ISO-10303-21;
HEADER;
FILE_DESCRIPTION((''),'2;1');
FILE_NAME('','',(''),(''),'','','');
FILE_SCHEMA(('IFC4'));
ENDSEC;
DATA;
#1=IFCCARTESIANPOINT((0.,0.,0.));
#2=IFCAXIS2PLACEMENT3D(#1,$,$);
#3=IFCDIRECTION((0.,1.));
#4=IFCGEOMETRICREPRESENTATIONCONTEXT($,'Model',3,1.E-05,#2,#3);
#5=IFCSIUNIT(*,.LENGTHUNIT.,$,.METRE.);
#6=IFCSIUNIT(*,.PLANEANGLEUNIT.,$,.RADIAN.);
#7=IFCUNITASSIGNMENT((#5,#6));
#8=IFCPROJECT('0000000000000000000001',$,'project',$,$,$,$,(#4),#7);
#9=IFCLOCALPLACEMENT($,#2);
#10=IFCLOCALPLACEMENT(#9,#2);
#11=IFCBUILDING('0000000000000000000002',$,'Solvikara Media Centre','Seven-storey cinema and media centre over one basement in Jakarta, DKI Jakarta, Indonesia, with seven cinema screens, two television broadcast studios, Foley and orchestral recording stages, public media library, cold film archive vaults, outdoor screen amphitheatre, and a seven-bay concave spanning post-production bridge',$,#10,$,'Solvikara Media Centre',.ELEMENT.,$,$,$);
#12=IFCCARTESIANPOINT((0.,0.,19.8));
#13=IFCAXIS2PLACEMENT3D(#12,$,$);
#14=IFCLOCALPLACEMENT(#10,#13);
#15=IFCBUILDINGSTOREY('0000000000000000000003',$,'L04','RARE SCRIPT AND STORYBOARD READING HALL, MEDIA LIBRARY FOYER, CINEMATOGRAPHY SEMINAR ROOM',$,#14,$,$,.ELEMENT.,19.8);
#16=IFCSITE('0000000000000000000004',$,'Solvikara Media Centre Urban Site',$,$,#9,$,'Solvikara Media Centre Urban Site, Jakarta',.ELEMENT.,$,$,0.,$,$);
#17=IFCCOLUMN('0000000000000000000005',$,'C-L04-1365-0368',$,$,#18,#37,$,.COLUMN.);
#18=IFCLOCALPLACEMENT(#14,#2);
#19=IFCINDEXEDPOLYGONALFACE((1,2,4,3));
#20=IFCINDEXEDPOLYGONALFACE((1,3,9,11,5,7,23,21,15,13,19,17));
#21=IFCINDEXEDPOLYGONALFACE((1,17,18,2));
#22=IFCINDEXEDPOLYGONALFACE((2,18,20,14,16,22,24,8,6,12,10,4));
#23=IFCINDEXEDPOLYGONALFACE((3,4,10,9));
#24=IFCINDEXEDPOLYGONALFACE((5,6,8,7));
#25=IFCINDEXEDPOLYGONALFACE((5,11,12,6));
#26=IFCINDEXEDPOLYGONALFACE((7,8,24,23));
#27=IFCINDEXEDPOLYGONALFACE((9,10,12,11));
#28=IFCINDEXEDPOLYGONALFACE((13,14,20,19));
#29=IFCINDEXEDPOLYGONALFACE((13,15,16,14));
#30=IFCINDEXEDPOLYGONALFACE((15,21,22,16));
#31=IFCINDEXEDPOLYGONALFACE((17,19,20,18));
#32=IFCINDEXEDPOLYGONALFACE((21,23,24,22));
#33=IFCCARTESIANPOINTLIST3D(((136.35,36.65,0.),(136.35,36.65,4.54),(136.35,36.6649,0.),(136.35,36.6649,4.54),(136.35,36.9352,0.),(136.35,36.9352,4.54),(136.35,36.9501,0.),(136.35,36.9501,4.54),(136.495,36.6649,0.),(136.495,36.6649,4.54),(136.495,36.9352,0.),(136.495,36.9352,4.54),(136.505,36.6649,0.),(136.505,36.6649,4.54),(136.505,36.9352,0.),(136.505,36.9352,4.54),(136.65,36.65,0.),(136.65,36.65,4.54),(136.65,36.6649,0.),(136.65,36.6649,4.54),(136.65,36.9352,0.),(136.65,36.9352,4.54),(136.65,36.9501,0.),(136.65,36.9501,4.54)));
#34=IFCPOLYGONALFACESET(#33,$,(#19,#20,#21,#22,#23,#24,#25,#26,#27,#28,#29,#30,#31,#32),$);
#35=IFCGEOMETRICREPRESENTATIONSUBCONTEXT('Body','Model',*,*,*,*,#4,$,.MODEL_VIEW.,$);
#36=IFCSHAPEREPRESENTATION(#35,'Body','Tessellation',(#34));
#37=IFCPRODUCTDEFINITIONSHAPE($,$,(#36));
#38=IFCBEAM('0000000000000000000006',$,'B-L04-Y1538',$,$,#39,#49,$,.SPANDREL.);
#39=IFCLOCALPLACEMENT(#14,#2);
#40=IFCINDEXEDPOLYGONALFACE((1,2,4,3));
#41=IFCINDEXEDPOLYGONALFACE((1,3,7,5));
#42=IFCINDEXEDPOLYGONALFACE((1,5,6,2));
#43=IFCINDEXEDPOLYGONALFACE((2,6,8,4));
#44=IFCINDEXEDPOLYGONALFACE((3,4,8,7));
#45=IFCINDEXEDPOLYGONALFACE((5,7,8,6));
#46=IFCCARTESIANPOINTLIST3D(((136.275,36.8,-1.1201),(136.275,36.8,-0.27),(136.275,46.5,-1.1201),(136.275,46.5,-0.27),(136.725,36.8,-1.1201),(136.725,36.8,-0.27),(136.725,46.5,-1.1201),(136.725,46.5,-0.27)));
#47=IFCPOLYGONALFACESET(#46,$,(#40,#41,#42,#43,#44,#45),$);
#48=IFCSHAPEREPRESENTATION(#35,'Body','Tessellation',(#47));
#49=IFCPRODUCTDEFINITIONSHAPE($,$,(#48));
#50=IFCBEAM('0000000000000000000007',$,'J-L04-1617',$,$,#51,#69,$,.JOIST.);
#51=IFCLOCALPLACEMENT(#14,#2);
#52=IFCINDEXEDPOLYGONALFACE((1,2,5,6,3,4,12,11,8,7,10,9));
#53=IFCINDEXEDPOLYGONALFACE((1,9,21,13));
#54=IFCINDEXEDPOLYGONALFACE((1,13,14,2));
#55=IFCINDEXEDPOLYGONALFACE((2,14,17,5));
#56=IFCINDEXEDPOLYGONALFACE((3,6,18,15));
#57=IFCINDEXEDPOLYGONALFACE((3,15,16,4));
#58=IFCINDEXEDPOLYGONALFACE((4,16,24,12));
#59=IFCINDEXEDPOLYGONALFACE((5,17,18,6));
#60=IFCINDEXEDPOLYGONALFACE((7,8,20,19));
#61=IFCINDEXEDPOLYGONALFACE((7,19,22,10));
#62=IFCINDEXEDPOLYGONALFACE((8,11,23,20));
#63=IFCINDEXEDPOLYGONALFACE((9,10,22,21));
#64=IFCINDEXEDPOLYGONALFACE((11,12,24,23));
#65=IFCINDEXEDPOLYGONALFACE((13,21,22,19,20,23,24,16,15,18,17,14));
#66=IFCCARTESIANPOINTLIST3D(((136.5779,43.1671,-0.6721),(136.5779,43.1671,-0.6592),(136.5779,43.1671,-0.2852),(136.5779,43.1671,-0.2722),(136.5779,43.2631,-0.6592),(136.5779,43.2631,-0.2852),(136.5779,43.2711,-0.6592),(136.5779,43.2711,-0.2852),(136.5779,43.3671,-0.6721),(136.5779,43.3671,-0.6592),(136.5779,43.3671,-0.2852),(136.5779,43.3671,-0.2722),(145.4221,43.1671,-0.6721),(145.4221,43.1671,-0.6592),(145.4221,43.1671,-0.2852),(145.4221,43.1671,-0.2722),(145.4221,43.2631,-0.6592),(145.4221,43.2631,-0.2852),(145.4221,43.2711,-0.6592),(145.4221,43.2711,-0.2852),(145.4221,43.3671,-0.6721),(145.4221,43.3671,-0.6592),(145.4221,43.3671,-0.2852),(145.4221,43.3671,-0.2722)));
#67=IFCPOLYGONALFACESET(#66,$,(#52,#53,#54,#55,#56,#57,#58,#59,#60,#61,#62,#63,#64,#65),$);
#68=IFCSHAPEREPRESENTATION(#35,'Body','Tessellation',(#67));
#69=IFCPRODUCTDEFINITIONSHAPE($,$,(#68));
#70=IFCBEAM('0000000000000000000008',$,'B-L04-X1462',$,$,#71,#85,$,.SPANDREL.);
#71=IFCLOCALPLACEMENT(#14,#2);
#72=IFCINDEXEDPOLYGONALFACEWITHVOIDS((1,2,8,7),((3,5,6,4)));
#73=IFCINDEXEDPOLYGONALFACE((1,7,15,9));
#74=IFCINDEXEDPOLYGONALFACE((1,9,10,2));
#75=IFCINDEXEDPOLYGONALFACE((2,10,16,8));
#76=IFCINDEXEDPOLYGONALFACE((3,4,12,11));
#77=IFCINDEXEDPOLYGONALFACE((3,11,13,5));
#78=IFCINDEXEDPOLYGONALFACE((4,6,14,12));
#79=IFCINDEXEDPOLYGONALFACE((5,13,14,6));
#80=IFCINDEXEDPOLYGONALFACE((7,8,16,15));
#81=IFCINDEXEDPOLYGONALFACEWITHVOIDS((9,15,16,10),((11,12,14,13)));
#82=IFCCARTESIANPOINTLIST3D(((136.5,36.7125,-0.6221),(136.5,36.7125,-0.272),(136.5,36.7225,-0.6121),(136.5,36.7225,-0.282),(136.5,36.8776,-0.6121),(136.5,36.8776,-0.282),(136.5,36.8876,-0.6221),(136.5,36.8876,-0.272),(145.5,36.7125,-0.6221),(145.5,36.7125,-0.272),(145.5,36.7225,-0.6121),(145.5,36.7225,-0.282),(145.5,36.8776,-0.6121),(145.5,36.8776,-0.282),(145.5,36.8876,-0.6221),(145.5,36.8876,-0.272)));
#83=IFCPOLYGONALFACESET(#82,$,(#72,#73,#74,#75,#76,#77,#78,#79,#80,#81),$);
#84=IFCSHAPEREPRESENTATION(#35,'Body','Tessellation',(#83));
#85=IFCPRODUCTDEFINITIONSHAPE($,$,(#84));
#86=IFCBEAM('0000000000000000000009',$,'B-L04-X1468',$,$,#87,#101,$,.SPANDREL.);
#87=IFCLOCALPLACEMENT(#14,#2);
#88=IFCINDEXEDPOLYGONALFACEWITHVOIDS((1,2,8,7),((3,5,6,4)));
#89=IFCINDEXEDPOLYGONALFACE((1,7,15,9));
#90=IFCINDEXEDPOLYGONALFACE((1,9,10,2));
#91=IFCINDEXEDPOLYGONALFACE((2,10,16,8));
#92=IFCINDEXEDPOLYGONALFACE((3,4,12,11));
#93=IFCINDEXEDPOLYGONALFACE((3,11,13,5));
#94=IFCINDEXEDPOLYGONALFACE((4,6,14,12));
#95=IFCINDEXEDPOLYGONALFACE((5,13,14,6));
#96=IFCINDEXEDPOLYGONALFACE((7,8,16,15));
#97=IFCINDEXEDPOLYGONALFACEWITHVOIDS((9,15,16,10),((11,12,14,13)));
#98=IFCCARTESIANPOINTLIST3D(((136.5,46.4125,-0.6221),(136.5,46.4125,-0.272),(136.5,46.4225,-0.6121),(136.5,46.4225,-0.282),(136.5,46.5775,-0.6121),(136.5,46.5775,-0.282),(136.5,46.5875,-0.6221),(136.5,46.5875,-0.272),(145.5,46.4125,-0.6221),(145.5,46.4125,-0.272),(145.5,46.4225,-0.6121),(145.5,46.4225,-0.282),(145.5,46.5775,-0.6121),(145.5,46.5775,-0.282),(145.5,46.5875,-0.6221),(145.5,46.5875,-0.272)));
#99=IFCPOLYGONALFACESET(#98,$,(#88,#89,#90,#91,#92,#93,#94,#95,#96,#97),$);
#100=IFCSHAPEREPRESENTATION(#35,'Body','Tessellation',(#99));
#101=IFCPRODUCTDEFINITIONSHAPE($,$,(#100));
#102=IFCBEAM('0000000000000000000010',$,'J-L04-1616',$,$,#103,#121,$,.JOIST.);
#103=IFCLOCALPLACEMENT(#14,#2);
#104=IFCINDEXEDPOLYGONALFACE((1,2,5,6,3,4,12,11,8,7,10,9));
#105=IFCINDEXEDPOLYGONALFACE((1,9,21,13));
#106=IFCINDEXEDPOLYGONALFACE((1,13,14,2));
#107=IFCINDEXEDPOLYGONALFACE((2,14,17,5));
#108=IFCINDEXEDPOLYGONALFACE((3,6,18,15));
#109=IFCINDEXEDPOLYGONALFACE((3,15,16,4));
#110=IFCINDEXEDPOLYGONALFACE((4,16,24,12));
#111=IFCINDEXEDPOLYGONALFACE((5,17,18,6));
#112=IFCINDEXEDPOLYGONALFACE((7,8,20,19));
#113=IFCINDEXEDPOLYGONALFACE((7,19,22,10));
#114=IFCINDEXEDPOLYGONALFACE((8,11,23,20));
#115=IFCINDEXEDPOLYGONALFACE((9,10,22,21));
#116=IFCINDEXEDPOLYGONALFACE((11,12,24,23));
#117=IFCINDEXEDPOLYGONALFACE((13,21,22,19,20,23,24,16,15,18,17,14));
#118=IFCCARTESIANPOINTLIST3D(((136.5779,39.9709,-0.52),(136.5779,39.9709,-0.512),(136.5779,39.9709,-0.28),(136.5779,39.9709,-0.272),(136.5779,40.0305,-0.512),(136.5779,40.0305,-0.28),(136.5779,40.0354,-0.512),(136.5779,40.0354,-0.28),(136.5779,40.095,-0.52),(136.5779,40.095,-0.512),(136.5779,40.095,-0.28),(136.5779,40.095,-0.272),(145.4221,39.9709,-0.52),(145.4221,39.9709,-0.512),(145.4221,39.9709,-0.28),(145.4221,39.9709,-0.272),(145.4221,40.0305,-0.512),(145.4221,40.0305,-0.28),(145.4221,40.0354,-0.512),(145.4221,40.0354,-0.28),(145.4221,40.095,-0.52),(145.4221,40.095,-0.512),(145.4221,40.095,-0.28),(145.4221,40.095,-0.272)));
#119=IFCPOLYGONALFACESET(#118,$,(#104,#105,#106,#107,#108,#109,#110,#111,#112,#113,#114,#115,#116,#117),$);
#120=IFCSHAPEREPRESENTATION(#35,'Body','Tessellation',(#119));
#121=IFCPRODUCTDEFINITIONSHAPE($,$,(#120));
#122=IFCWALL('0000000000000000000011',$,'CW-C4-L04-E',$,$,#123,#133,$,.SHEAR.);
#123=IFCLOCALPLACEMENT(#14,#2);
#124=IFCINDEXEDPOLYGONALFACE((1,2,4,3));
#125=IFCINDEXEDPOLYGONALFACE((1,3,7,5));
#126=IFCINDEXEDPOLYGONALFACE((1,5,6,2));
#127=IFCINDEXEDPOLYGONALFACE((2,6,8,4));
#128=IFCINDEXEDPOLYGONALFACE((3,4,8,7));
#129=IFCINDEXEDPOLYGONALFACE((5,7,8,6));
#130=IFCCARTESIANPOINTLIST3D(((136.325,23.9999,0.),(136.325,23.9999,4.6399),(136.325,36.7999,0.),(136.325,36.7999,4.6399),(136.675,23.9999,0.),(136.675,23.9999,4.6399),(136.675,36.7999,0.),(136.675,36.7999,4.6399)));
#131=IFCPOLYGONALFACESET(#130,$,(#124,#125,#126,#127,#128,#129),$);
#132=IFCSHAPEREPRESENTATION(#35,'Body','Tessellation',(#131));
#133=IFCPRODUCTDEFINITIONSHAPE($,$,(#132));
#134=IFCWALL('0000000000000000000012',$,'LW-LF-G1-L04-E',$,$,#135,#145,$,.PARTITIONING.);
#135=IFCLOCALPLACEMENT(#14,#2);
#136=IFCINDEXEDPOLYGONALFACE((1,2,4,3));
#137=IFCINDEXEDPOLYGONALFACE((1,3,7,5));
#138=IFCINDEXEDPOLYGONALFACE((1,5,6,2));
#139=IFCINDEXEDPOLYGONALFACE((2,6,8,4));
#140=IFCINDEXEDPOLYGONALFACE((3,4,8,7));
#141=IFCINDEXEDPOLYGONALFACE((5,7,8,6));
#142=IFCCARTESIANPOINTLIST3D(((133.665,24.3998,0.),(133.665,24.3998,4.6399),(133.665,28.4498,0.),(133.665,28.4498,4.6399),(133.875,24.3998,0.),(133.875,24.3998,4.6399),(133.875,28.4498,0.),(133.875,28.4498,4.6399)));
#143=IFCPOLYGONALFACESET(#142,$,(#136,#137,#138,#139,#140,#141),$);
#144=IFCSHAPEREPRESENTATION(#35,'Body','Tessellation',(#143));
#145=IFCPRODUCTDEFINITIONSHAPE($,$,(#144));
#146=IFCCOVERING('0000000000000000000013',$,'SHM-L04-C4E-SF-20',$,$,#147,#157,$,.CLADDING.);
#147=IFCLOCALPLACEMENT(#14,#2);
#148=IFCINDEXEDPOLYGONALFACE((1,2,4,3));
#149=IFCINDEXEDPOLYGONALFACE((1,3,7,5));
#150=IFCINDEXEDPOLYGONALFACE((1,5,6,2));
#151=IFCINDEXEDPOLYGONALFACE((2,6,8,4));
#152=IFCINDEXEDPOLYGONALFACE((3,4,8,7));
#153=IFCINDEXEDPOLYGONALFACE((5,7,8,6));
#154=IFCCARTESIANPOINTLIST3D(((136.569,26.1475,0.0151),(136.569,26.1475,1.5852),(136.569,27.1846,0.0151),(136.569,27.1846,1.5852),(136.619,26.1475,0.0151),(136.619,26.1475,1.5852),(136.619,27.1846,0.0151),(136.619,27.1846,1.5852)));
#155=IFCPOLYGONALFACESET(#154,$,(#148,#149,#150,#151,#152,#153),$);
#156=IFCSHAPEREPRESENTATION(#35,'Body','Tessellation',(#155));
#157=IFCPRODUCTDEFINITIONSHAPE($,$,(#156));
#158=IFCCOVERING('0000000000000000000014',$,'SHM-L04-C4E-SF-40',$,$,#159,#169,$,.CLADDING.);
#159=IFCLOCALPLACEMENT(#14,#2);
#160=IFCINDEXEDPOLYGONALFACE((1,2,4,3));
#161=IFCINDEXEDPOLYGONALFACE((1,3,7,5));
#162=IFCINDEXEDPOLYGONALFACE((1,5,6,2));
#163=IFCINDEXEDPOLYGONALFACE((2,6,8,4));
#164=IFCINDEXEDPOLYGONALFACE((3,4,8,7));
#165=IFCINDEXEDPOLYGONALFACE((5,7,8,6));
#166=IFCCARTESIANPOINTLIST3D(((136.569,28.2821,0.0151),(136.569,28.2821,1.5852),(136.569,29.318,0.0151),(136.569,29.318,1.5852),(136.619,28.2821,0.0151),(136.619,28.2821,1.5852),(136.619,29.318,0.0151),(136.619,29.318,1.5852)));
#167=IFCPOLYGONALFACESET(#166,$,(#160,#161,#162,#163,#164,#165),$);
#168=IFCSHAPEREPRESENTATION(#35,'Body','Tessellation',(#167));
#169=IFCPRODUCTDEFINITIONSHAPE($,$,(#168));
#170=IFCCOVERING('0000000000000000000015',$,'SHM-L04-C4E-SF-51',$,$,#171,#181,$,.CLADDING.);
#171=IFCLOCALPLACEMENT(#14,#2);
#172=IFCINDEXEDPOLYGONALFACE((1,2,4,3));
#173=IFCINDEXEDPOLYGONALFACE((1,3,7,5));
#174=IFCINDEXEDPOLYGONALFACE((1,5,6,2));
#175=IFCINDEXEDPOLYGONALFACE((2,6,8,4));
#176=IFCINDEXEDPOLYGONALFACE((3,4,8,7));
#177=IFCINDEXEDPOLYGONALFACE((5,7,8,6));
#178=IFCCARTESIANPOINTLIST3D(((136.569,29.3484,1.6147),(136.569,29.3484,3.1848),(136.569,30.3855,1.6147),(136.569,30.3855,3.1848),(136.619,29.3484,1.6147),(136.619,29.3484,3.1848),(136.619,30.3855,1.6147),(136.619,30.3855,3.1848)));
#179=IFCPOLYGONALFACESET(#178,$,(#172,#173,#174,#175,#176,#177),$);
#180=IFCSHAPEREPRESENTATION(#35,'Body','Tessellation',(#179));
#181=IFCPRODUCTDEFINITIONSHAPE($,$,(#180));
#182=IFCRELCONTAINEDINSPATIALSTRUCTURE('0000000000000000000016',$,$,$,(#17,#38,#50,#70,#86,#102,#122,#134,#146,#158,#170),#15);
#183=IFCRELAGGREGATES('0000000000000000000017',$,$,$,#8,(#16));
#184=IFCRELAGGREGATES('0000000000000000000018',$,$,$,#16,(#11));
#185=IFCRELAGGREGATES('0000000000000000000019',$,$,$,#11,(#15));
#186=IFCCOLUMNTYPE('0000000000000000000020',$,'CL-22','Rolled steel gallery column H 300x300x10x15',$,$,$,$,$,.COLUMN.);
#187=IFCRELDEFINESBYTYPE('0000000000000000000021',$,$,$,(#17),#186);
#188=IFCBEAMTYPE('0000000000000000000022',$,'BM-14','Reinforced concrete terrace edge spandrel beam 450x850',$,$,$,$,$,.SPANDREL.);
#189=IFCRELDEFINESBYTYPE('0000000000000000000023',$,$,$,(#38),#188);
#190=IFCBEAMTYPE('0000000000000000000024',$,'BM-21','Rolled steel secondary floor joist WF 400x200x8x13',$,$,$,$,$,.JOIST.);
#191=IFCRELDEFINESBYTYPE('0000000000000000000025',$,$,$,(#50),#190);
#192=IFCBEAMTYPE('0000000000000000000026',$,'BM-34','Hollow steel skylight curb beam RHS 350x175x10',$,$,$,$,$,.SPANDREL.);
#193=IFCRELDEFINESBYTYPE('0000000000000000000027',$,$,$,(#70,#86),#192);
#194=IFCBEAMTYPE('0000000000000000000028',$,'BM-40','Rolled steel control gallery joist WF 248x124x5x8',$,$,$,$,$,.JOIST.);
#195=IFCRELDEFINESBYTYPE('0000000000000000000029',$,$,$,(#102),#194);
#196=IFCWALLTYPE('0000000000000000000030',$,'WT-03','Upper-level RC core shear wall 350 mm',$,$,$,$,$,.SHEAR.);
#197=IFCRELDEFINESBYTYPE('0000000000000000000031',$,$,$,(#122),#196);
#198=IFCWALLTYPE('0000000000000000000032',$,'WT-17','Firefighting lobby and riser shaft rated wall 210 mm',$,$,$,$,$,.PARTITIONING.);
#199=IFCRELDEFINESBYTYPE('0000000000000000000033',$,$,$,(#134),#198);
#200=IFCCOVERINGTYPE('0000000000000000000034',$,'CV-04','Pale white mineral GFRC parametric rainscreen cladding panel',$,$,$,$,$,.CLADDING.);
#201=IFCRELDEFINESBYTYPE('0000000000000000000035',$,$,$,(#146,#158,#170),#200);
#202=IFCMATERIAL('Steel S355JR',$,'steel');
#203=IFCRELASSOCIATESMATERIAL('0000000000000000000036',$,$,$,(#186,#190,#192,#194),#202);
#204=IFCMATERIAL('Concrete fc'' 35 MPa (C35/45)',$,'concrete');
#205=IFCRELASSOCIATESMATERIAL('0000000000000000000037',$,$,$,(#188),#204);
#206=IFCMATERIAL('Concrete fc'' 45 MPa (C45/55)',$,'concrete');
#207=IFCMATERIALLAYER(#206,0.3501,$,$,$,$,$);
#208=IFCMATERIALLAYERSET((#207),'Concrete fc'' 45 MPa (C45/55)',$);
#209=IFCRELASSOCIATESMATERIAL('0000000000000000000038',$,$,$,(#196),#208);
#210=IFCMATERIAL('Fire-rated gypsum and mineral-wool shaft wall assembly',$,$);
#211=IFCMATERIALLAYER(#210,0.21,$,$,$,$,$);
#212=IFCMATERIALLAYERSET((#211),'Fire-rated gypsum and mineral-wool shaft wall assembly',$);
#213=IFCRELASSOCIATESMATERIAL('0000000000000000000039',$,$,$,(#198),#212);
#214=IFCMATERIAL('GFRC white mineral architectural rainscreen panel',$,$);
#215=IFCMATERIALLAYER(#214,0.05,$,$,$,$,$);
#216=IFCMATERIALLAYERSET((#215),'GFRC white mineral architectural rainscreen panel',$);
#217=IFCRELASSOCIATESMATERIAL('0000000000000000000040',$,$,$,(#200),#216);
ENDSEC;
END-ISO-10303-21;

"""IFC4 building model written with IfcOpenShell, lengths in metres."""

from ifc_helpers import new_model, si_unit, direction, frame, frame_2d, origin, origin_2d, place, context, subcontext, project, spatial, rectangle, hollow_rectangle, i_section, extrude, material, layer, layer_set, material_profile, profile_set, type_object, element, save


model = new_model("IFC4")

# Units and contexts
model_context = context("Model", 3, precision=1e-05, world=origin(), true_north=direction((0.0, 1.0)))
body_context = subcontext(model_context, "Body", "Model", "MODEL_VIEW")
ifc_project = project(units=[si_unit("LENGTHUNIT", "METRE"), si_unit("PLANEANGLEUNIT", "RADIAN")], contexts=[model_context])

# Site, building, storey
site_placement = place(None, origin())
site = spatial("IfcSite", under=ifc_project, at=site_placement, Name="Solvikara Media Centre Urban Site", LongName="Solvikara Media Centre Urban Site, Jakarta", CompositionType="ELEMENT", RefElevation=0.0)
building_placement = place(site_placement, origin())
building = spatial("IfcBuilding", under=site, at=building_placement, Name="Solvikara Media Centre", Description="Seven-storey cinema and media centre over one basement in Jakarta, DKI Jakarta, Indonesia, with seven cinema screens, two television broadcast studios, Foley and orchestral recording stages, public media library, cold film archive vaults, outdoor screen amphitheatre, and a seven-bay concave spanning post-production bridge", LongName="Solvikara Media Centre", CompositionType="ELEMENT")
storey_placement = place(building_placement, frame((0.0, 0.0, 19.8)))
storey = spatial("IfcBuildingStorey", under=building, at=storey_placement, Name="L04", Description="RARE SCRIPT AND STORYBOARD READING HALL, MEDIA LIBRARY FOYER, CINEMATOGRAPHY SEMINAR ROOM", CompositionType="ELEMENT", Elevation=19.8)

# Column
ifc_material_1 = material(Name="Steel S355JR", Category="steel")
ifc_material_profile_1 = material_profile(ifc_material_1, i_section(OverallWidth=0.3, OverallDepth=0.3, WebThickness=0.01, FlangeThickness=0.0149, at=origin_2d()), Name="H 300x300x10x15")
ifc_profile_set_1 = profile_set([ifc_material_profile_1], Name="Steel S355JR")
column_type = type_object("IfcColumnType", Name="CL-22", Description="Rolled steel gallery column H 300x300x10x15", PredefinedType="COLUMN", material=ifc_profile_set_1)
column_placement = place(storey_placement, frame((136.5, 36.8, 0.0), z_axis=(0.0, 0.0, 1.0), x_axis=(1.0, 0.0, 0.0)))
element("IfcColumn", 1, at=column_placement, inside=storey, type_object=column_type, Name="C-L04-1365-0368", PredefinedType="COLUMN", context=body_context, shape_type="SweptSolid", body=[
    extrude(i_section(OverallWidth=0.3, OverallDepth=0.3, WebThickness=0.01, FlangeThickness=0.0149, at=origin_2d()), origin(), (0.0, 0.0, 1.0), 4.54),
])

# Beams
ifc_material_2 = material(Name="Concrete fc' 35 MPa (C35/45)", Category="concrete")
ifc_material_profile_2 = material_profile(ifc_material_2, rectangle(XDim=0.45, YDim=0.8501, at=origin_2d()), Name="RC 450x850")
ifc_profile_set_2 = profile_set([ifc_material_profile_2], Name="Concrete fc' 35 MPa (C35/45)")
beam_type_1 = type_object("IfcBeamType", Name="BM-14", Description="Reinforced concrete terrace edge spandrel beam 450x850", PredefinedType="SPANDREL", material=ifc_profile_set_2)
beam_1_placement = place(storey_placement, frame((136.5, 36.8, -0.6951), z_axis=(0.0, 1.0, 0.0), x_axis=(-1.0, 0.0, 0.0)))
element("IfcBeam", 2, at=beam_1_placement, inside=storey, type_object=beam_type_1, Name="B-L04-Y1538", PredefinedType="SPANDREL", context=body_context, shape_type="SweptSolid", body=[
    extrude(rectangle(XDim=0.45, YDim=0.8501, at=origin_2d()), origin(), (0.0, 0.0, 1.0), 9.7),
])
ifc_material_profile_3 = material_profile(ifc_material_1, i_section(OverallWidth=0.2, OverallDepth=0.3999, WebThickness=0.0081, FlangeThickness=0.0129, at=origin_2d()), Name="WF 400x200x8x13")
ifc_profile_set_3 = profile_set([ifc_material_profile_3], Name="Steel S355JR")
beam_type_2 = type_object("IfcBeamType", Name="BM-21", Description="Rolled steel secondary floor joist WF 400x200x8x13", PredefinedType="JOIST", material=ifc_profile_set_3)
beam_2_placement = place(storey_placement, frame((136.5779, 43.2671, -0.4722), z_axis=(1.0, 0.0, 0.0), x_axis=(0.0, 1.0, 0.0)))
element("IfcBeam", 3, at=beam_2_placement, inside=storey, type_object=beam_type_2, Name="J-L04-1617", PredefinedType="JOIST", context=body_context, shape_type="SweptSolid", body=[
    extrude(i_section(OverallWidth=0.2, OverallDepth=0.3999, WebThickness=0.0081, FlangeThickness=0.0129, at=origin_2d()), origin(), (0.0, 0.0, 1.0), 8.8442),
])
ifc_material_profile_4 = material_profile(ifc_material_1, hollow_rectangle(XDim=0.175, YDim=0.3501, WallThickness=0.01, at=origin_2d()), Name="RHS 350x175x10")
ifc_profile_set_4 = profile_set([ifc_material_profile_4], Name="Steel S355JR")
beam_type_3 = type_object("IfcBeamType", Name="BM-34", Description="Hollow steel skylight curb beam RHS 350x175x10", PredefinedType="SPANDREL", material=ifc_profile_set_4)
for number, where, z_axis, x_axis, name in (
    (4, (136.5, 36.8, -0.447), (1.0, 0.0, 0.0), (0.0, 1.0, 0.0), "B-L04-X1462"),
    (5, (136.5, 46.5, -0.447), (1.0, 0.0, 0.0), (0.0, 1.0, 0.0), "B-L04-X1468"),
):
    element("IfcBeam", number, at=place(storey_placement, frame(where, z_axis=z_axis, x_axis=x_axis)), inside=storey, type_object=beam_type_3, Name=name, PredefinedType="SPANDREL", context=body_context, shape_type="SweptSolid", body=[
        extrude(hollow_rectangle(XDim=0.175, YDim=0.3501, WallThickness=0.01, at=origin_2d()), origin(), (0.0, 0.0, 1.0), 9.0),
    ])
ifc_material_profile_5 = material_profile(ifc_material_1, i_section(OverallWidth=0.124, OverallDepth=0.248, WebThickness=0.0049, FlangeThickness=0.0081, at=origin_2d()), Name="WF 248x124x5x8")
ifc_profile_set_5 = profile_set([ifc_material_profile_5], Name="Steel S355JR")
beam_type_4 = type_object("IfcBeamType", Name="BM-40", Description="Rolled steel control gallery joist WF 248x124x5x8", PredefinedType="JOIST", material=ifc_profile_set_5)
beam_3_placement = place(storey_placement, frame((136.5779, 40.033, -0.396), z_axis=(1.0, 0.0, 0.0), x_axis=(0.0, 1.0, 0.0)))
element("IfcBeam", 6, at=beam_3_placement, inside=storey, type_object=beam_type_4, Name="J-L04-1616", PredefinedType="JOIST", context=body_context, shape_type="SweptSolid", body=[
    extrude(i_section(OverallWidth=0.124, OverallDepth=0.248, WebThickness=0.0049, FlangeThickness=0.0081, at=origin_2d()), origin(), (0.0, 0.0, 1.0), 8.8442),
])

# Walls
ifc_material_3 = material(Name="Concrete fc' 45 MPa (C45/55)", Category="concrete")
ifc_layer_1 = layer(ifc_material_3, 0.3501)
ifc_layer_set_1 = layer_set([ifc_layer_1], Name="Concrete fc' 45 MPa (C45/55)")
wall_type_1 = type_object("IfcWallType", Name="WT-03", Description="Upper-level RC core shear wall 350 mm", PredefinedType="SHEAR", material=ifc_layer_set_1)
wall_1_placement = place(storey_placement, frame((136.5, 24.0, 0.0), z_axis=(0.0, 0.0, 1.0), x_axis=(0.0, 1.0, 0.0)))
element("IfcWall", 7, at=wall_1_placement, inside=storey, type_object=wall_type_1, Name="CW-C4-L04-E", PredefinedType="SHEAR", context=body_context, shape_type="SweptSolid", body=[
    extrude(rectangle(XDim=12.8, YDim=0.3501, at=frame_2d((6.3999, 0.0))), origin(), (0.0, 0.0, 1.0), 4.6399),
])
ifc_material_4 = material(Name="Fire-rated gypsum and mineral-wool shaft wall assembly")
ifc_layer_2 = layer(ifc_material_4, 0.21)
ifc_layer_set_2 = layer_set([ifc_layer_2], Name="Fire-rated gypsum and mineral-wool shaft wall assembly")
wall_type_2 = type_object("IfcWallType", Name="WT-17", Description="Firefighting lobby and riser shaft rated wall 210 mm", PredefinedType="PARTITIONING", material=ifc_layer_set_2)
wall_2_placement = place(storey_placement, frame((133.77, 24.3999, 0.0), z_axis=(0.0, 0.0, 1.0), x_axis=(0.0, 1.0, 0.0)))
element("IfcWall", 8, at=wall_2_placement, inside=storey, type_object=wall_type_2, Name="LW-LF-G1-L04-E", PredefinedType="PARTITIONING", context=body_context, shape_type="SweptSolid", body=[
    extrude(rectangle(XDim=4.05, YDim=0.21, at=frame_2d((2.0249, 0.0))), origin(), (0.0, 0.0, 1.0), 4.6399),
])

# Coverings
ifc_material_5 = material(Name="GFRC white mineral architectural rainscreen panel")
ifc_layer_3 = layer(ifc_material_5, 0.05)
ifc_layer_set_3 = layer_set([ifc_layer_3], Name="GFRC white mineral architectural rainscreen panel")
covering_type_1 = type_object("IfcCoveringType", Name="CV-04", Description="Pale white mineral GFRC parametric rainscreen cladding panel", PredefinedType="CLADDING", material=ifc_layer_set_3)
covering_1_placement = place(storey_placement, frame((136.594, 26.666, 0.0151), z_axis=(0.0, 0.0, 1.0), x_axis=(0.0, 1.0, 0.0)))
element("IfcCovering", 9, at=covering_1_placement, inside=storey, type_object=covering_type_1, Name="SHM-L04-C4E-SF-20", PredefinedType="CLADDING", context=body_context, shape_type="SweptSolid", body=[
    extrude(rectangle(XDim=1.0371, YDim=0.05, at=origin_2d()), origin(), (0.0, 0.0, 1.0), 1.5701),
])
covering_2_placement = place(storey_placement, frame((136.594, 28.8, 0.0151), z_axis=(0.0, 0.0, 1.0), x_axis=(0.0, 1.0, 0.0)))
element("IfcCovering", 10, at=covering_2_placement, inside=storey, type_object=covering_type_1, Name="SHM-L04-C4E-SF-40", PredefinedType="CLADDING", context=body_context, shape_type="SweptSolid", body=[
    extrude(rectangle(XDim=1.0359, YDim=0.05, at=origin_2d()), origin(), (0.0, 0.0, 1.0), 1.5701),
])
covering_3_placement = place(storey_placement, frame((136.594, 29.8669, 1.6147), z_axis=(0.0, 0.0, 1.0), x_axis=(0.0, 1.0, 0.0)))
element("IfcCovering", 11, at=covering_3_placement, inside=storey, type_object=covering_type_1, Name="SHM-L04-C4E-SF-51", PredefinedType="CLADDING", context=body_context, shape_type="SweptSolid", body=[
    extrude(rectangle(XDim=1.0371, YDim=0.05, at=origin_2d()), origin(), (0.0, 0.0, 1.0), 1.5701),
])

save(model, "model.ifc")
